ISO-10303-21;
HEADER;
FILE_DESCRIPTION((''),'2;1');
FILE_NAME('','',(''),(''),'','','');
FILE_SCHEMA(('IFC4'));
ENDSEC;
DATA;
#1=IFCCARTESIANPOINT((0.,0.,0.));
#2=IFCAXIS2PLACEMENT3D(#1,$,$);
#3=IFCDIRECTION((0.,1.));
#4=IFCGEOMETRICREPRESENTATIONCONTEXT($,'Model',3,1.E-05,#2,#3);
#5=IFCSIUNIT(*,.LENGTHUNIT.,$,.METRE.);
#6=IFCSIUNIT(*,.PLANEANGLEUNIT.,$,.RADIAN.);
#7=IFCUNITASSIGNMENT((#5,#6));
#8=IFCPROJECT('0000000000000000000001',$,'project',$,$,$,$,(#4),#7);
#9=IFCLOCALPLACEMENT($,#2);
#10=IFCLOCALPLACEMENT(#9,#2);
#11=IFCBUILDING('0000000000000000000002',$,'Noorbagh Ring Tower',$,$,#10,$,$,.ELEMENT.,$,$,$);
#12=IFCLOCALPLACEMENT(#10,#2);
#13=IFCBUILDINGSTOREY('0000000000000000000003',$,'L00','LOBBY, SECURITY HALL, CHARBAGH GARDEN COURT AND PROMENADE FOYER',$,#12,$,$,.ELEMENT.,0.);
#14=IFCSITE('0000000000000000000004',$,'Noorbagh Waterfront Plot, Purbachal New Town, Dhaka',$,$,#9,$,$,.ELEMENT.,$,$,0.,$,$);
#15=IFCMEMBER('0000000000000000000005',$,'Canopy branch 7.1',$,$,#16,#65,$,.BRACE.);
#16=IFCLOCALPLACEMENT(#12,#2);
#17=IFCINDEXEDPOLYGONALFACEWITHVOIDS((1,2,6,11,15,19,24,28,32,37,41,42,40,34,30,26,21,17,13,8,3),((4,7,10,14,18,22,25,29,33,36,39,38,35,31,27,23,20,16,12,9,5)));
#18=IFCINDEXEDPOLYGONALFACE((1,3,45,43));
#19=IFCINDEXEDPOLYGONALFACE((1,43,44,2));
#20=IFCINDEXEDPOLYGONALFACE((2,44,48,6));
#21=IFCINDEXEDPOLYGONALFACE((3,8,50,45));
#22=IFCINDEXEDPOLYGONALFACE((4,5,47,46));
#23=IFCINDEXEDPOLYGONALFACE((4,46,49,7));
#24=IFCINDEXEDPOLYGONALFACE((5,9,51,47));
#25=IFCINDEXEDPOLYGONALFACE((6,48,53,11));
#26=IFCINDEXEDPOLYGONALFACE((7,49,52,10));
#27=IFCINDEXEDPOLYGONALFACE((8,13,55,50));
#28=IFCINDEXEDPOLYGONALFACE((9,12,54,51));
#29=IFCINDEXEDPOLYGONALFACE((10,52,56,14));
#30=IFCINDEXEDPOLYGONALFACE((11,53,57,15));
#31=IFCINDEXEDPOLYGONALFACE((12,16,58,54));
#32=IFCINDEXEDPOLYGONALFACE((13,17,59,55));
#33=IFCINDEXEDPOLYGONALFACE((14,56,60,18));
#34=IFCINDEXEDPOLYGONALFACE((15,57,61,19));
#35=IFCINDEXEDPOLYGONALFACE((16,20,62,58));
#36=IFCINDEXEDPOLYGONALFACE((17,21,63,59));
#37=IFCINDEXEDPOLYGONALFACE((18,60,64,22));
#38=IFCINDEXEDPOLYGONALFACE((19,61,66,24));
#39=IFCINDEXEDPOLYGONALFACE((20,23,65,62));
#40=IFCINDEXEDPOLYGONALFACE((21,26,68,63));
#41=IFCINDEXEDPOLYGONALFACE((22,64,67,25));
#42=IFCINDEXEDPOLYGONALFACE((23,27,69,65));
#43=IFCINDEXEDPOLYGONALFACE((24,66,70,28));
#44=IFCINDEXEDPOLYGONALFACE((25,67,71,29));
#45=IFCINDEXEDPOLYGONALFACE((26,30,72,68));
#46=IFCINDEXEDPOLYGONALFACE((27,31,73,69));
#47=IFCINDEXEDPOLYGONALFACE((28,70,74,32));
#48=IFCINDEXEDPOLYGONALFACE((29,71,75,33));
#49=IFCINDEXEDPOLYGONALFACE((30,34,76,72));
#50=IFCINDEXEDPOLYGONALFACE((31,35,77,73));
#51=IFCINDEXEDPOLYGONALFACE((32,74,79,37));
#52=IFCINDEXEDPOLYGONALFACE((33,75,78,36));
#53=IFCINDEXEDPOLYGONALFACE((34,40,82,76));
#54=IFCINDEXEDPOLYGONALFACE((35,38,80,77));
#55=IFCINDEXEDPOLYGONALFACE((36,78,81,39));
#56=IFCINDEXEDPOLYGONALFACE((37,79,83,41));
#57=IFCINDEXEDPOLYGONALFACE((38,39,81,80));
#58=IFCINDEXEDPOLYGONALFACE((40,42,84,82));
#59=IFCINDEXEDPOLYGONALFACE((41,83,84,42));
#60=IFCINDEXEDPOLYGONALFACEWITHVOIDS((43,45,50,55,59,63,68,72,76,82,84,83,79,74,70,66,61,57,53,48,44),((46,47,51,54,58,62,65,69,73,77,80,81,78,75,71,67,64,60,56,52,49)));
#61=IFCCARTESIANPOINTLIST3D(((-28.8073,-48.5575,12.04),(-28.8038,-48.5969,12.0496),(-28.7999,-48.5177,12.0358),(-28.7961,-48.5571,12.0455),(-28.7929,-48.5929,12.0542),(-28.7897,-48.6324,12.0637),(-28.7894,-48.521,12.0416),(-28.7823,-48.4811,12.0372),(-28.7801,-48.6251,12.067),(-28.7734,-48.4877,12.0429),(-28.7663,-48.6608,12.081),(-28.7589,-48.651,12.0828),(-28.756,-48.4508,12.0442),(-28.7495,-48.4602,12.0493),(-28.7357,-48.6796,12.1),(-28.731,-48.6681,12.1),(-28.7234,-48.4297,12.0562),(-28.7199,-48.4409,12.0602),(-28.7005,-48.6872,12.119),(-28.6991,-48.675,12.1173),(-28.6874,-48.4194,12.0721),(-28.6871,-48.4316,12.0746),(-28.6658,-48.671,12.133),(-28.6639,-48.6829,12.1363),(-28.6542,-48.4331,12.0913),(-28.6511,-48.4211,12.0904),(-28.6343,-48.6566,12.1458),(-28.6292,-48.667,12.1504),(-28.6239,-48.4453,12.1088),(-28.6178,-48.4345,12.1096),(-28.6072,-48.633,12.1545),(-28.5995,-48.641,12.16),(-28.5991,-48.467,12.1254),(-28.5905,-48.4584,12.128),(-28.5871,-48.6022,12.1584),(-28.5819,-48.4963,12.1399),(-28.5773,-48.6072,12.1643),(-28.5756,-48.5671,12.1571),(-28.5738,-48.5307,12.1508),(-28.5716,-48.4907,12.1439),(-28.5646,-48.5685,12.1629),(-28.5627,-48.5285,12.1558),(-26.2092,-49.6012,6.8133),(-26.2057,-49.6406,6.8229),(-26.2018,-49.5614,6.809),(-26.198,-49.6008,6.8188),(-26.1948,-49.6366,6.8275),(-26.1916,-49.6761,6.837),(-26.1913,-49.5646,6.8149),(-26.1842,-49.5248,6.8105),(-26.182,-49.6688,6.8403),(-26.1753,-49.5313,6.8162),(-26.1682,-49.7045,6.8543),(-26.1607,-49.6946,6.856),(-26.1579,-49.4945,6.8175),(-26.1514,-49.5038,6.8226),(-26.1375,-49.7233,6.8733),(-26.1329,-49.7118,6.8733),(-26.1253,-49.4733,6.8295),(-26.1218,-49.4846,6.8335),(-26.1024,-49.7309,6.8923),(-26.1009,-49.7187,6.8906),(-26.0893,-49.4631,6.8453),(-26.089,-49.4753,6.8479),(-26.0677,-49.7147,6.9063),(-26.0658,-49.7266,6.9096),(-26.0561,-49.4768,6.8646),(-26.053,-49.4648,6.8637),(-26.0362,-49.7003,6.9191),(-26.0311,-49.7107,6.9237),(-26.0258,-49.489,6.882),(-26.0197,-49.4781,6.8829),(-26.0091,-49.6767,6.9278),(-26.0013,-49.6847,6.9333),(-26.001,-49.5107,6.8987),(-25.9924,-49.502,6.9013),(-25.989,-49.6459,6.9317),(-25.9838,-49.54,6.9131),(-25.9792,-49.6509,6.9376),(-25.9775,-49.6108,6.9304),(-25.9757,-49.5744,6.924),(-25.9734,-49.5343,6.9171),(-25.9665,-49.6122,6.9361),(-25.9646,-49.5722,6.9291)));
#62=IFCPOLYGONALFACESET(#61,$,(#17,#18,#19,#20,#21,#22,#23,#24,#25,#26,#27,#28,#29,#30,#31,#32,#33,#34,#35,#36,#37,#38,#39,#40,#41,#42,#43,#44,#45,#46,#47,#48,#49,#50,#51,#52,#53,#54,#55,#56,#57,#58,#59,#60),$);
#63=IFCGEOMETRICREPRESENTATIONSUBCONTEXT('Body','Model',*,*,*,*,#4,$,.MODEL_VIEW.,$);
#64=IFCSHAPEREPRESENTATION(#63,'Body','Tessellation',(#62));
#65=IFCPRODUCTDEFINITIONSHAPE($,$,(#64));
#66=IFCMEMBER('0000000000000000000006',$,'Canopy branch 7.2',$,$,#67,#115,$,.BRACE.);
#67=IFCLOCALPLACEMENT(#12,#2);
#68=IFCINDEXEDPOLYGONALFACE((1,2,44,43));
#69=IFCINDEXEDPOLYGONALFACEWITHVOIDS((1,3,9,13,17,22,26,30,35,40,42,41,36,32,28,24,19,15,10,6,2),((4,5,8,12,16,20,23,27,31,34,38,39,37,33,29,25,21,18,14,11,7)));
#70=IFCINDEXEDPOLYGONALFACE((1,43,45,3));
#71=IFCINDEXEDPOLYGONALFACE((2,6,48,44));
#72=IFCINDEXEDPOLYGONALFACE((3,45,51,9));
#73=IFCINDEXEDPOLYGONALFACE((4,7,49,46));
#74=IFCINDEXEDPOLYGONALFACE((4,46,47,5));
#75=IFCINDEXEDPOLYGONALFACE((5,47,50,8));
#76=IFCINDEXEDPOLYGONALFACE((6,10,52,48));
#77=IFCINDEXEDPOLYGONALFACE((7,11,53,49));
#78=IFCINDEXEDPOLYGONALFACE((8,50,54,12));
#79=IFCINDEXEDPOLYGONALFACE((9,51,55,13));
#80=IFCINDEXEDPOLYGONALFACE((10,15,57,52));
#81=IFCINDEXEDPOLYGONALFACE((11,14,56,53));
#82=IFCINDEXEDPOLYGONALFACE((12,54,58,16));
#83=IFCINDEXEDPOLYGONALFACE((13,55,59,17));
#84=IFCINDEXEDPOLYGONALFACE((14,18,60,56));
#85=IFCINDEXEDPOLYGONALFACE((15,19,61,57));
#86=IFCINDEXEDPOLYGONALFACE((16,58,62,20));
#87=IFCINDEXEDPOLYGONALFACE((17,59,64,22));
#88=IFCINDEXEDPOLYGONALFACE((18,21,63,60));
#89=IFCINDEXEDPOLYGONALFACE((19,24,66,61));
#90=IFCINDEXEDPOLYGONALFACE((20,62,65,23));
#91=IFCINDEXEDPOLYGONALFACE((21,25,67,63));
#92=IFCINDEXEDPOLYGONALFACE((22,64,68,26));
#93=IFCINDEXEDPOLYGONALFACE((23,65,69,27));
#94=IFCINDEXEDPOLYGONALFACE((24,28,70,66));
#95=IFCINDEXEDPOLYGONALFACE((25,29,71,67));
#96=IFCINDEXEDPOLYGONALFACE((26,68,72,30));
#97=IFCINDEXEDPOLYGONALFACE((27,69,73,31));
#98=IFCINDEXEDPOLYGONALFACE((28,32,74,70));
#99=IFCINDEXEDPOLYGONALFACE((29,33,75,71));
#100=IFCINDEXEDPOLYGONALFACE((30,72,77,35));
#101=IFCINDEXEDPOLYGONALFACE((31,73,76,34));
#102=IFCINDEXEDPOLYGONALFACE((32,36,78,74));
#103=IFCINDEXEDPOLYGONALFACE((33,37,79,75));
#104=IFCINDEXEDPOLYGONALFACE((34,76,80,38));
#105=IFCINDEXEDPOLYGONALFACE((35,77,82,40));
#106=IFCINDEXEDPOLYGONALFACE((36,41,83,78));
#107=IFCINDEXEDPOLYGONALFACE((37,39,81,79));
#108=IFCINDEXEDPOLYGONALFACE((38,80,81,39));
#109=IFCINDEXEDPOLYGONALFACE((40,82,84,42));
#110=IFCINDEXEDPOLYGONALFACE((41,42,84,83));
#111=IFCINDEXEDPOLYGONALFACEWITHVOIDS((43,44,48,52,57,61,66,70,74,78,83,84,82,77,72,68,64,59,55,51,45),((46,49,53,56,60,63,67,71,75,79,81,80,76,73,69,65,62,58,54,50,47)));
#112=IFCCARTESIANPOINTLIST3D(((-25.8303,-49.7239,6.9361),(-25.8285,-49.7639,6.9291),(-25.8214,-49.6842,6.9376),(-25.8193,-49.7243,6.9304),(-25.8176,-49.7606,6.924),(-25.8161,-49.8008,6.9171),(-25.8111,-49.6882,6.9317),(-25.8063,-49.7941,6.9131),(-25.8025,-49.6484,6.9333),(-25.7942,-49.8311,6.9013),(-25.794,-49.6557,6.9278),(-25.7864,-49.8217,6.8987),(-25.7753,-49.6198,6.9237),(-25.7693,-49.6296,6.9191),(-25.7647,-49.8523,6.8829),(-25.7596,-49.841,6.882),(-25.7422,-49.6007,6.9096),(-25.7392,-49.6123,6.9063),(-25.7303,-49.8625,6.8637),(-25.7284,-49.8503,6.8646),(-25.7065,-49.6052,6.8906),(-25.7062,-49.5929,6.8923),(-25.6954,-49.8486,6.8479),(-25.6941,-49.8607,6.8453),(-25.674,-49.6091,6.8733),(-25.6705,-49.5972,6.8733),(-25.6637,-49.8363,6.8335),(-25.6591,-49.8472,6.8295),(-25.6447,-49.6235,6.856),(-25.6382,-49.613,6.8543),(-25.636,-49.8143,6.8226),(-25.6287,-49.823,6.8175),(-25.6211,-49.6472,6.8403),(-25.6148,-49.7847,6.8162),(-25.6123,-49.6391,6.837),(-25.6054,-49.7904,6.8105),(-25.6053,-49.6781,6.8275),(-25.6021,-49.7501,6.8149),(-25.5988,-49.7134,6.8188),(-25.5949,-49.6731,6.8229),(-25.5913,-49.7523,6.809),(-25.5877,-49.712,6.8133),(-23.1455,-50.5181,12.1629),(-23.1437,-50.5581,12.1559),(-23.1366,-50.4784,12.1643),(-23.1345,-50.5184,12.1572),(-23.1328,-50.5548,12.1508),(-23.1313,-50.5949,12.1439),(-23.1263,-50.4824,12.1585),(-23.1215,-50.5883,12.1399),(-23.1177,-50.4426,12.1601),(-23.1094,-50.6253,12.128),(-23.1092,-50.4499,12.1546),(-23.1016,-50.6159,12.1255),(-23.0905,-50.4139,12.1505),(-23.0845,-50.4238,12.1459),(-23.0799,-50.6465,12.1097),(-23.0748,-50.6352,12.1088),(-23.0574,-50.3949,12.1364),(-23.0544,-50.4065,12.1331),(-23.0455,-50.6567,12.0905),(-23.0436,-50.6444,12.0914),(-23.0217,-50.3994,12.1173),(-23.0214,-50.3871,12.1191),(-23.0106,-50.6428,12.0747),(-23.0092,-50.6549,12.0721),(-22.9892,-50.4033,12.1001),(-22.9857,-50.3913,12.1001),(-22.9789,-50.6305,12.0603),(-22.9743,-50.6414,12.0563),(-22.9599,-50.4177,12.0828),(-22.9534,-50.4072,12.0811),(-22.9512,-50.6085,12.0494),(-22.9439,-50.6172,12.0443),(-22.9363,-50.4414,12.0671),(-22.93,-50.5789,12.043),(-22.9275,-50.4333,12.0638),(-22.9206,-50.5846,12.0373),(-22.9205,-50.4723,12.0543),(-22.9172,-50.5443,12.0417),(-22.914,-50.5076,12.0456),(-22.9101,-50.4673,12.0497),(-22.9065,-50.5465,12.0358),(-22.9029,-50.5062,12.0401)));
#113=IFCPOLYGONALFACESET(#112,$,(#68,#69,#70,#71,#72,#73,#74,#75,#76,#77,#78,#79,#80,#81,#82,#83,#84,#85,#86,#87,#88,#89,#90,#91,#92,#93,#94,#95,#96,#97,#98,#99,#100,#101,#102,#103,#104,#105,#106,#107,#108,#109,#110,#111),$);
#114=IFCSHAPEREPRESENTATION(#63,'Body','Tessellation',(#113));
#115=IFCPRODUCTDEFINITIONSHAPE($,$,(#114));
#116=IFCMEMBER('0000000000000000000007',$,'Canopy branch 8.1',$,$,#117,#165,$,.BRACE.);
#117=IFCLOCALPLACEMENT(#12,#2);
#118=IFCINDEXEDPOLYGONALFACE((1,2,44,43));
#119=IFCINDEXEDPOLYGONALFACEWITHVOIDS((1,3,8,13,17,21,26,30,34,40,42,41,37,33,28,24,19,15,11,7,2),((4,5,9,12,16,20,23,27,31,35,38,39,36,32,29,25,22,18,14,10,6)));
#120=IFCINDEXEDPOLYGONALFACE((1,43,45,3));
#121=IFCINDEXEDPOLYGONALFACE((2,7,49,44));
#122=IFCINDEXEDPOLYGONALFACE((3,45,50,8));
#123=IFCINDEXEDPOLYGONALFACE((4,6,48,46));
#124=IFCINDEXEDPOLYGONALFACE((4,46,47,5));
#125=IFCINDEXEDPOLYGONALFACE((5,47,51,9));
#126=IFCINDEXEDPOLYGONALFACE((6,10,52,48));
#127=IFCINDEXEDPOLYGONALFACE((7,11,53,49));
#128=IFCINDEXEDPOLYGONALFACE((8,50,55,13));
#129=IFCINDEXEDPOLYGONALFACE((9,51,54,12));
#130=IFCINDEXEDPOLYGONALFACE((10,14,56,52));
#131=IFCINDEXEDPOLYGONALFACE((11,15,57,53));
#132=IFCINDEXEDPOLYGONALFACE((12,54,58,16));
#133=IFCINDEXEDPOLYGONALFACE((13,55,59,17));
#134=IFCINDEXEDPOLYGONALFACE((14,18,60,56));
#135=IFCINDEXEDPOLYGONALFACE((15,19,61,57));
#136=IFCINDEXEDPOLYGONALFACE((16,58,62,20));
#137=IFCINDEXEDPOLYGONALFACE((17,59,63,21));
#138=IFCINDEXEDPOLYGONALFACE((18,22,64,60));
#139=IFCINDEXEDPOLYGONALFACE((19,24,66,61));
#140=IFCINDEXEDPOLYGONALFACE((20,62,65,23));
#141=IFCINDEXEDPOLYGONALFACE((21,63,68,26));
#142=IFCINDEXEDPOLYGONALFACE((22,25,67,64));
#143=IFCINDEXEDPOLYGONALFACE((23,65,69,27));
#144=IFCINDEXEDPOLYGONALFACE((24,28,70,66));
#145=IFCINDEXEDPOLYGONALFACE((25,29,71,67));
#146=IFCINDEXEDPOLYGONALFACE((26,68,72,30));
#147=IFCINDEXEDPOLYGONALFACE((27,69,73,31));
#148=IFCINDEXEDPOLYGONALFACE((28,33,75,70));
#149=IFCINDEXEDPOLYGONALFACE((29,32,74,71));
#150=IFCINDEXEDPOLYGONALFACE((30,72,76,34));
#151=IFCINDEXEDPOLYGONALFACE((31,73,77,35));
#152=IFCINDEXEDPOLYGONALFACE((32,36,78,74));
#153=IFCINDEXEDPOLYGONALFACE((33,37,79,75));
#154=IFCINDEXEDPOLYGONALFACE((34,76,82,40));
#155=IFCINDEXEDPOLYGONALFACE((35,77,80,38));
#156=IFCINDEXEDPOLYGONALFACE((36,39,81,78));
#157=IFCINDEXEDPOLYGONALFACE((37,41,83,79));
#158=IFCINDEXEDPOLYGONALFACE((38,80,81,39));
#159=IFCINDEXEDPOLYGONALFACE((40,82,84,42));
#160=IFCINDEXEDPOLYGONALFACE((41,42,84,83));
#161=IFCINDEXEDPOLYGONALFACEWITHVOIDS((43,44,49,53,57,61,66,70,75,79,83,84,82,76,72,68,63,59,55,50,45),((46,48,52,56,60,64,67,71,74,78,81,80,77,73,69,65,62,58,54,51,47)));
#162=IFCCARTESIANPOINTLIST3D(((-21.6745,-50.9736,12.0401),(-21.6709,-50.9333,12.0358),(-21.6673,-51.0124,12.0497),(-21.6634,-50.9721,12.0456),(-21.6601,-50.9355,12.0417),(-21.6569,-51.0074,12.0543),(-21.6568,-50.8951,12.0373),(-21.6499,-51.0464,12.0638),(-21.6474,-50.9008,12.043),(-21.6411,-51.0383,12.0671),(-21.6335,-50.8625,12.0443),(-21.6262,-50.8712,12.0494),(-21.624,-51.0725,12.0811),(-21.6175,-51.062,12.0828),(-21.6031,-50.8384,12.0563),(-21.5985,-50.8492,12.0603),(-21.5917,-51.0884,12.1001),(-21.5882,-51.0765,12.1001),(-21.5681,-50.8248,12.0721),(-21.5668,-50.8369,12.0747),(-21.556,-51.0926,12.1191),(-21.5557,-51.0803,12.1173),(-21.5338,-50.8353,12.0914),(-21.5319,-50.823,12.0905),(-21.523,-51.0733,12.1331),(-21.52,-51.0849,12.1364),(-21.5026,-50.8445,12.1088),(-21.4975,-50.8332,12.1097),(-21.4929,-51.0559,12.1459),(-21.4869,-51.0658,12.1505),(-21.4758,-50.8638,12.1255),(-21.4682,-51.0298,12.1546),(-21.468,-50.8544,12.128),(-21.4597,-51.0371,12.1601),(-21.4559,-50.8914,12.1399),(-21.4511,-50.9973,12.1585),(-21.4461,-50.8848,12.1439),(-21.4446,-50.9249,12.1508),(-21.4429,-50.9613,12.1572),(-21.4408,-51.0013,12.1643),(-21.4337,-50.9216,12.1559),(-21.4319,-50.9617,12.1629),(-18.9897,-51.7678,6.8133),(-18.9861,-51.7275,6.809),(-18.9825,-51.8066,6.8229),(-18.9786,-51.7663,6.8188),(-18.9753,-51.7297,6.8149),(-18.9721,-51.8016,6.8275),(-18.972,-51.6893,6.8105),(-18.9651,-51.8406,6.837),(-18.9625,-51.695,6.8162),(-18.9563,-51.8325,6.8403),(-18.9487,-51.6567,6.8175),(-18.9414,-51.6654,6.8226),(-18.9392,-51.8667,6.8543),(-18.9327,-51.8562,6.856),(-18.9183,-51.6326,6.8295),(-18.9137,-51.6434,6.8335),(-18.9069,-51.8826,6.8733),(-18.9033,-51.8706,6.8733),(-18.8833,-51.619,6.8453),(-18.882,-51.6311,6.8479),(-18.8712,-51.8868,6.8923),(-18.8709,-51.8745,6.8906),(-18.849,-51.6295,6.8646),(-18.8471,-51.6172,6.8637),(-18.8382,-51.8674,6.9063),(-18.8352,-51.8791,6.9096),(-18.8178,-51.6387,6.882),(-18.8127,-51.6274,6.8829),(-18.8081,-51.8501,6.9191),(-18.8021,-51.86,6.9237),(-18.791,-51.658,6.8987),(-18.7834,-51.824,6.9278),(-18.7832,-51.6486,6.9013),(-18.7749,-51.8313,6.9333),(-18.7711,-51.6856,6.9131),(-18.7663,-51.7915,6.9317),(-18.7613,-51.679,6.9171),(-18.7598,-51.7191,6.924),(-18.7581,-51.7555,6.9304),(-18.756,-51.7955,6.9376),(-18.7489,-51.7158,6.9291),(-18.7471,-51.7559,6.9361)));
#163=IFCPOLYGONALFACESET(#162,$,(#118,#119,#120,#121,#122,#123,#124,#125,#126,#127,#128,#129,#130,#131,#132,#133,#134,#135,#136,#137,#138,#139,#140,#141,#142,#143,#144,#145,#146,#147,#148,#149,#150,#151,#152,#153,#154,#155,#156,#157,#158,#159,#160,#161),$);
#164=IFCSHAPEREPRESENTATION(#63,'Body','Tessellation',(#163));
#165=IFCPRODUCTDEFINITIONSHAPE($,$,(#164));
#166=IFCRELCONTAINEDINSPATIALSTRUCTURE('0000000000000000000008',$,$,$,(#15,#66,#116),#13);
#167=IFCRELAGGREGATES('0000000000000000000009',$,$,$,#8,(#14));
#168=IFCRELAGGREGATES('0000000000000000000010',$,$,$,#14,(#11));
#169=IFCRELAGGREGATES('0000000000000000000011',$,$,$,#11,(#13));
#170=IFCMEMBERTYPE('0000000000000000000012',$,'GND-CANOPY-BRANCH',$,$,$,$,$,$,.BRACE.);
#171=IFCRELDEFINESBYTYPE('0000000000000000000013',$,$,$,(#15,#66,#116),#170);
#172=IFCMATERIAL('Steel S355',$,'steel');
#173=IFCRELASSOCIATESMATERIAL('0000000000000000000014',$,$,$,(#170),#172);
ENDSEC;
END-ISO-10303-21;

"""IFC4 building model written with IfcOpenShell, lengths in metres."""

from ifc_helpers import new_model, si_unit, direction, frame, origin, origin_2d, place, context, subcontext, project, spatial, hollow_circle, extrude, material, material_profile, profile_set, type_object, element, save


model = new_model("IFC4")

# Units and contexts
model_context = context("Model", 3, precision=1e-05, world=origin(), true_north=direction((0.0, 1.0)))
body_context = subcontext(model_context, "Body", "Model", "MODEL_VIEW")
ifc_project = project(units=[si_unit("LENGTHUNIT", "METRE"), si_unit("PLANEANGLEUNIT", "RADIAN")], contexts=[model_context])

# Site, building, storey
site_placement = place(None, origin())
site = spatial("IfcSite", under=ifc_project, at=site_placement, Name="Noorbagh Waterfront Plot, Purbachal New Town, Dhaka", CompositionType="ELEMENT", RefElevation=0.0)
building_placement = place(site_placement, origin())
building = spatial("IfcBuilding", under=site, at=building_placement, Name="Noorbagh Ring Tower", CompositionType="ELEMENT")
storey_placement = place(building_placement, origin())
storey = spatial("IfcBuildingStorey", under=building, at=storey_placement, Name="L00", Description="LOBBY, SECURITY HALL, CHARBAGH GARDEN COURT AND PROMENADE FOYER", CompositionType="ELEMENT", Elevation=0.0)

# Members
ifc_material_1 = material(Name="Steel S355", Category="steel")
ifc_material_profile_1 = material_profile(ifc_material_1, hollow_circle(Radius=0.1365, WallThickness=0.0125, at=origin_2d()), Name="CHS273x12.5")
ifc_profile_set_1 = profile_set([ifc_material_profile_1], Name="Steel S355")
member_type = type_object("IfcMemberType", Name="GND-CANOPY-BRANCH", PredefinedType="BRACE", material=ifc_profile_set_1)
for number, where, z_axis, x_axis, name in (
    (1, (-26.0867, -49.5967, 6.8733), (-0.438171, 0.176018, 0.881489), (-0.372758, -0.927928, 0.0), "Canopy branch 7.1"),
    (2, (-25.7092, -49.728, 6.8733), (0.452793, -0.13394, 0.881498), (0.283658, 0.958926, 0.0), "Canopy branch 7.2"),
    (3, (-18.8682, -51.7517, 6.8733), (-0.452793, 0.13394, 0.881498), (-0.283658, -0.958926, 0.0), "Canopy branch 8.1"),
):
    element("IfcMember", number, at=place(storey_placement, frame(where, z_axis=z_axis, x_axis=x_axis)), inside=storey, type_object=member_type, Name=name, PredefinedType="BRACE", context=body_context, shape_type="SweptSolid", body=[
        extrude(hollow_circle(Radius=0.1365, WallThickness=0.0125, at=origin_2d()), origin(), (0.0, 0.0, 1.0), 5.9294),
    ])

save(model, "model.ifc")
